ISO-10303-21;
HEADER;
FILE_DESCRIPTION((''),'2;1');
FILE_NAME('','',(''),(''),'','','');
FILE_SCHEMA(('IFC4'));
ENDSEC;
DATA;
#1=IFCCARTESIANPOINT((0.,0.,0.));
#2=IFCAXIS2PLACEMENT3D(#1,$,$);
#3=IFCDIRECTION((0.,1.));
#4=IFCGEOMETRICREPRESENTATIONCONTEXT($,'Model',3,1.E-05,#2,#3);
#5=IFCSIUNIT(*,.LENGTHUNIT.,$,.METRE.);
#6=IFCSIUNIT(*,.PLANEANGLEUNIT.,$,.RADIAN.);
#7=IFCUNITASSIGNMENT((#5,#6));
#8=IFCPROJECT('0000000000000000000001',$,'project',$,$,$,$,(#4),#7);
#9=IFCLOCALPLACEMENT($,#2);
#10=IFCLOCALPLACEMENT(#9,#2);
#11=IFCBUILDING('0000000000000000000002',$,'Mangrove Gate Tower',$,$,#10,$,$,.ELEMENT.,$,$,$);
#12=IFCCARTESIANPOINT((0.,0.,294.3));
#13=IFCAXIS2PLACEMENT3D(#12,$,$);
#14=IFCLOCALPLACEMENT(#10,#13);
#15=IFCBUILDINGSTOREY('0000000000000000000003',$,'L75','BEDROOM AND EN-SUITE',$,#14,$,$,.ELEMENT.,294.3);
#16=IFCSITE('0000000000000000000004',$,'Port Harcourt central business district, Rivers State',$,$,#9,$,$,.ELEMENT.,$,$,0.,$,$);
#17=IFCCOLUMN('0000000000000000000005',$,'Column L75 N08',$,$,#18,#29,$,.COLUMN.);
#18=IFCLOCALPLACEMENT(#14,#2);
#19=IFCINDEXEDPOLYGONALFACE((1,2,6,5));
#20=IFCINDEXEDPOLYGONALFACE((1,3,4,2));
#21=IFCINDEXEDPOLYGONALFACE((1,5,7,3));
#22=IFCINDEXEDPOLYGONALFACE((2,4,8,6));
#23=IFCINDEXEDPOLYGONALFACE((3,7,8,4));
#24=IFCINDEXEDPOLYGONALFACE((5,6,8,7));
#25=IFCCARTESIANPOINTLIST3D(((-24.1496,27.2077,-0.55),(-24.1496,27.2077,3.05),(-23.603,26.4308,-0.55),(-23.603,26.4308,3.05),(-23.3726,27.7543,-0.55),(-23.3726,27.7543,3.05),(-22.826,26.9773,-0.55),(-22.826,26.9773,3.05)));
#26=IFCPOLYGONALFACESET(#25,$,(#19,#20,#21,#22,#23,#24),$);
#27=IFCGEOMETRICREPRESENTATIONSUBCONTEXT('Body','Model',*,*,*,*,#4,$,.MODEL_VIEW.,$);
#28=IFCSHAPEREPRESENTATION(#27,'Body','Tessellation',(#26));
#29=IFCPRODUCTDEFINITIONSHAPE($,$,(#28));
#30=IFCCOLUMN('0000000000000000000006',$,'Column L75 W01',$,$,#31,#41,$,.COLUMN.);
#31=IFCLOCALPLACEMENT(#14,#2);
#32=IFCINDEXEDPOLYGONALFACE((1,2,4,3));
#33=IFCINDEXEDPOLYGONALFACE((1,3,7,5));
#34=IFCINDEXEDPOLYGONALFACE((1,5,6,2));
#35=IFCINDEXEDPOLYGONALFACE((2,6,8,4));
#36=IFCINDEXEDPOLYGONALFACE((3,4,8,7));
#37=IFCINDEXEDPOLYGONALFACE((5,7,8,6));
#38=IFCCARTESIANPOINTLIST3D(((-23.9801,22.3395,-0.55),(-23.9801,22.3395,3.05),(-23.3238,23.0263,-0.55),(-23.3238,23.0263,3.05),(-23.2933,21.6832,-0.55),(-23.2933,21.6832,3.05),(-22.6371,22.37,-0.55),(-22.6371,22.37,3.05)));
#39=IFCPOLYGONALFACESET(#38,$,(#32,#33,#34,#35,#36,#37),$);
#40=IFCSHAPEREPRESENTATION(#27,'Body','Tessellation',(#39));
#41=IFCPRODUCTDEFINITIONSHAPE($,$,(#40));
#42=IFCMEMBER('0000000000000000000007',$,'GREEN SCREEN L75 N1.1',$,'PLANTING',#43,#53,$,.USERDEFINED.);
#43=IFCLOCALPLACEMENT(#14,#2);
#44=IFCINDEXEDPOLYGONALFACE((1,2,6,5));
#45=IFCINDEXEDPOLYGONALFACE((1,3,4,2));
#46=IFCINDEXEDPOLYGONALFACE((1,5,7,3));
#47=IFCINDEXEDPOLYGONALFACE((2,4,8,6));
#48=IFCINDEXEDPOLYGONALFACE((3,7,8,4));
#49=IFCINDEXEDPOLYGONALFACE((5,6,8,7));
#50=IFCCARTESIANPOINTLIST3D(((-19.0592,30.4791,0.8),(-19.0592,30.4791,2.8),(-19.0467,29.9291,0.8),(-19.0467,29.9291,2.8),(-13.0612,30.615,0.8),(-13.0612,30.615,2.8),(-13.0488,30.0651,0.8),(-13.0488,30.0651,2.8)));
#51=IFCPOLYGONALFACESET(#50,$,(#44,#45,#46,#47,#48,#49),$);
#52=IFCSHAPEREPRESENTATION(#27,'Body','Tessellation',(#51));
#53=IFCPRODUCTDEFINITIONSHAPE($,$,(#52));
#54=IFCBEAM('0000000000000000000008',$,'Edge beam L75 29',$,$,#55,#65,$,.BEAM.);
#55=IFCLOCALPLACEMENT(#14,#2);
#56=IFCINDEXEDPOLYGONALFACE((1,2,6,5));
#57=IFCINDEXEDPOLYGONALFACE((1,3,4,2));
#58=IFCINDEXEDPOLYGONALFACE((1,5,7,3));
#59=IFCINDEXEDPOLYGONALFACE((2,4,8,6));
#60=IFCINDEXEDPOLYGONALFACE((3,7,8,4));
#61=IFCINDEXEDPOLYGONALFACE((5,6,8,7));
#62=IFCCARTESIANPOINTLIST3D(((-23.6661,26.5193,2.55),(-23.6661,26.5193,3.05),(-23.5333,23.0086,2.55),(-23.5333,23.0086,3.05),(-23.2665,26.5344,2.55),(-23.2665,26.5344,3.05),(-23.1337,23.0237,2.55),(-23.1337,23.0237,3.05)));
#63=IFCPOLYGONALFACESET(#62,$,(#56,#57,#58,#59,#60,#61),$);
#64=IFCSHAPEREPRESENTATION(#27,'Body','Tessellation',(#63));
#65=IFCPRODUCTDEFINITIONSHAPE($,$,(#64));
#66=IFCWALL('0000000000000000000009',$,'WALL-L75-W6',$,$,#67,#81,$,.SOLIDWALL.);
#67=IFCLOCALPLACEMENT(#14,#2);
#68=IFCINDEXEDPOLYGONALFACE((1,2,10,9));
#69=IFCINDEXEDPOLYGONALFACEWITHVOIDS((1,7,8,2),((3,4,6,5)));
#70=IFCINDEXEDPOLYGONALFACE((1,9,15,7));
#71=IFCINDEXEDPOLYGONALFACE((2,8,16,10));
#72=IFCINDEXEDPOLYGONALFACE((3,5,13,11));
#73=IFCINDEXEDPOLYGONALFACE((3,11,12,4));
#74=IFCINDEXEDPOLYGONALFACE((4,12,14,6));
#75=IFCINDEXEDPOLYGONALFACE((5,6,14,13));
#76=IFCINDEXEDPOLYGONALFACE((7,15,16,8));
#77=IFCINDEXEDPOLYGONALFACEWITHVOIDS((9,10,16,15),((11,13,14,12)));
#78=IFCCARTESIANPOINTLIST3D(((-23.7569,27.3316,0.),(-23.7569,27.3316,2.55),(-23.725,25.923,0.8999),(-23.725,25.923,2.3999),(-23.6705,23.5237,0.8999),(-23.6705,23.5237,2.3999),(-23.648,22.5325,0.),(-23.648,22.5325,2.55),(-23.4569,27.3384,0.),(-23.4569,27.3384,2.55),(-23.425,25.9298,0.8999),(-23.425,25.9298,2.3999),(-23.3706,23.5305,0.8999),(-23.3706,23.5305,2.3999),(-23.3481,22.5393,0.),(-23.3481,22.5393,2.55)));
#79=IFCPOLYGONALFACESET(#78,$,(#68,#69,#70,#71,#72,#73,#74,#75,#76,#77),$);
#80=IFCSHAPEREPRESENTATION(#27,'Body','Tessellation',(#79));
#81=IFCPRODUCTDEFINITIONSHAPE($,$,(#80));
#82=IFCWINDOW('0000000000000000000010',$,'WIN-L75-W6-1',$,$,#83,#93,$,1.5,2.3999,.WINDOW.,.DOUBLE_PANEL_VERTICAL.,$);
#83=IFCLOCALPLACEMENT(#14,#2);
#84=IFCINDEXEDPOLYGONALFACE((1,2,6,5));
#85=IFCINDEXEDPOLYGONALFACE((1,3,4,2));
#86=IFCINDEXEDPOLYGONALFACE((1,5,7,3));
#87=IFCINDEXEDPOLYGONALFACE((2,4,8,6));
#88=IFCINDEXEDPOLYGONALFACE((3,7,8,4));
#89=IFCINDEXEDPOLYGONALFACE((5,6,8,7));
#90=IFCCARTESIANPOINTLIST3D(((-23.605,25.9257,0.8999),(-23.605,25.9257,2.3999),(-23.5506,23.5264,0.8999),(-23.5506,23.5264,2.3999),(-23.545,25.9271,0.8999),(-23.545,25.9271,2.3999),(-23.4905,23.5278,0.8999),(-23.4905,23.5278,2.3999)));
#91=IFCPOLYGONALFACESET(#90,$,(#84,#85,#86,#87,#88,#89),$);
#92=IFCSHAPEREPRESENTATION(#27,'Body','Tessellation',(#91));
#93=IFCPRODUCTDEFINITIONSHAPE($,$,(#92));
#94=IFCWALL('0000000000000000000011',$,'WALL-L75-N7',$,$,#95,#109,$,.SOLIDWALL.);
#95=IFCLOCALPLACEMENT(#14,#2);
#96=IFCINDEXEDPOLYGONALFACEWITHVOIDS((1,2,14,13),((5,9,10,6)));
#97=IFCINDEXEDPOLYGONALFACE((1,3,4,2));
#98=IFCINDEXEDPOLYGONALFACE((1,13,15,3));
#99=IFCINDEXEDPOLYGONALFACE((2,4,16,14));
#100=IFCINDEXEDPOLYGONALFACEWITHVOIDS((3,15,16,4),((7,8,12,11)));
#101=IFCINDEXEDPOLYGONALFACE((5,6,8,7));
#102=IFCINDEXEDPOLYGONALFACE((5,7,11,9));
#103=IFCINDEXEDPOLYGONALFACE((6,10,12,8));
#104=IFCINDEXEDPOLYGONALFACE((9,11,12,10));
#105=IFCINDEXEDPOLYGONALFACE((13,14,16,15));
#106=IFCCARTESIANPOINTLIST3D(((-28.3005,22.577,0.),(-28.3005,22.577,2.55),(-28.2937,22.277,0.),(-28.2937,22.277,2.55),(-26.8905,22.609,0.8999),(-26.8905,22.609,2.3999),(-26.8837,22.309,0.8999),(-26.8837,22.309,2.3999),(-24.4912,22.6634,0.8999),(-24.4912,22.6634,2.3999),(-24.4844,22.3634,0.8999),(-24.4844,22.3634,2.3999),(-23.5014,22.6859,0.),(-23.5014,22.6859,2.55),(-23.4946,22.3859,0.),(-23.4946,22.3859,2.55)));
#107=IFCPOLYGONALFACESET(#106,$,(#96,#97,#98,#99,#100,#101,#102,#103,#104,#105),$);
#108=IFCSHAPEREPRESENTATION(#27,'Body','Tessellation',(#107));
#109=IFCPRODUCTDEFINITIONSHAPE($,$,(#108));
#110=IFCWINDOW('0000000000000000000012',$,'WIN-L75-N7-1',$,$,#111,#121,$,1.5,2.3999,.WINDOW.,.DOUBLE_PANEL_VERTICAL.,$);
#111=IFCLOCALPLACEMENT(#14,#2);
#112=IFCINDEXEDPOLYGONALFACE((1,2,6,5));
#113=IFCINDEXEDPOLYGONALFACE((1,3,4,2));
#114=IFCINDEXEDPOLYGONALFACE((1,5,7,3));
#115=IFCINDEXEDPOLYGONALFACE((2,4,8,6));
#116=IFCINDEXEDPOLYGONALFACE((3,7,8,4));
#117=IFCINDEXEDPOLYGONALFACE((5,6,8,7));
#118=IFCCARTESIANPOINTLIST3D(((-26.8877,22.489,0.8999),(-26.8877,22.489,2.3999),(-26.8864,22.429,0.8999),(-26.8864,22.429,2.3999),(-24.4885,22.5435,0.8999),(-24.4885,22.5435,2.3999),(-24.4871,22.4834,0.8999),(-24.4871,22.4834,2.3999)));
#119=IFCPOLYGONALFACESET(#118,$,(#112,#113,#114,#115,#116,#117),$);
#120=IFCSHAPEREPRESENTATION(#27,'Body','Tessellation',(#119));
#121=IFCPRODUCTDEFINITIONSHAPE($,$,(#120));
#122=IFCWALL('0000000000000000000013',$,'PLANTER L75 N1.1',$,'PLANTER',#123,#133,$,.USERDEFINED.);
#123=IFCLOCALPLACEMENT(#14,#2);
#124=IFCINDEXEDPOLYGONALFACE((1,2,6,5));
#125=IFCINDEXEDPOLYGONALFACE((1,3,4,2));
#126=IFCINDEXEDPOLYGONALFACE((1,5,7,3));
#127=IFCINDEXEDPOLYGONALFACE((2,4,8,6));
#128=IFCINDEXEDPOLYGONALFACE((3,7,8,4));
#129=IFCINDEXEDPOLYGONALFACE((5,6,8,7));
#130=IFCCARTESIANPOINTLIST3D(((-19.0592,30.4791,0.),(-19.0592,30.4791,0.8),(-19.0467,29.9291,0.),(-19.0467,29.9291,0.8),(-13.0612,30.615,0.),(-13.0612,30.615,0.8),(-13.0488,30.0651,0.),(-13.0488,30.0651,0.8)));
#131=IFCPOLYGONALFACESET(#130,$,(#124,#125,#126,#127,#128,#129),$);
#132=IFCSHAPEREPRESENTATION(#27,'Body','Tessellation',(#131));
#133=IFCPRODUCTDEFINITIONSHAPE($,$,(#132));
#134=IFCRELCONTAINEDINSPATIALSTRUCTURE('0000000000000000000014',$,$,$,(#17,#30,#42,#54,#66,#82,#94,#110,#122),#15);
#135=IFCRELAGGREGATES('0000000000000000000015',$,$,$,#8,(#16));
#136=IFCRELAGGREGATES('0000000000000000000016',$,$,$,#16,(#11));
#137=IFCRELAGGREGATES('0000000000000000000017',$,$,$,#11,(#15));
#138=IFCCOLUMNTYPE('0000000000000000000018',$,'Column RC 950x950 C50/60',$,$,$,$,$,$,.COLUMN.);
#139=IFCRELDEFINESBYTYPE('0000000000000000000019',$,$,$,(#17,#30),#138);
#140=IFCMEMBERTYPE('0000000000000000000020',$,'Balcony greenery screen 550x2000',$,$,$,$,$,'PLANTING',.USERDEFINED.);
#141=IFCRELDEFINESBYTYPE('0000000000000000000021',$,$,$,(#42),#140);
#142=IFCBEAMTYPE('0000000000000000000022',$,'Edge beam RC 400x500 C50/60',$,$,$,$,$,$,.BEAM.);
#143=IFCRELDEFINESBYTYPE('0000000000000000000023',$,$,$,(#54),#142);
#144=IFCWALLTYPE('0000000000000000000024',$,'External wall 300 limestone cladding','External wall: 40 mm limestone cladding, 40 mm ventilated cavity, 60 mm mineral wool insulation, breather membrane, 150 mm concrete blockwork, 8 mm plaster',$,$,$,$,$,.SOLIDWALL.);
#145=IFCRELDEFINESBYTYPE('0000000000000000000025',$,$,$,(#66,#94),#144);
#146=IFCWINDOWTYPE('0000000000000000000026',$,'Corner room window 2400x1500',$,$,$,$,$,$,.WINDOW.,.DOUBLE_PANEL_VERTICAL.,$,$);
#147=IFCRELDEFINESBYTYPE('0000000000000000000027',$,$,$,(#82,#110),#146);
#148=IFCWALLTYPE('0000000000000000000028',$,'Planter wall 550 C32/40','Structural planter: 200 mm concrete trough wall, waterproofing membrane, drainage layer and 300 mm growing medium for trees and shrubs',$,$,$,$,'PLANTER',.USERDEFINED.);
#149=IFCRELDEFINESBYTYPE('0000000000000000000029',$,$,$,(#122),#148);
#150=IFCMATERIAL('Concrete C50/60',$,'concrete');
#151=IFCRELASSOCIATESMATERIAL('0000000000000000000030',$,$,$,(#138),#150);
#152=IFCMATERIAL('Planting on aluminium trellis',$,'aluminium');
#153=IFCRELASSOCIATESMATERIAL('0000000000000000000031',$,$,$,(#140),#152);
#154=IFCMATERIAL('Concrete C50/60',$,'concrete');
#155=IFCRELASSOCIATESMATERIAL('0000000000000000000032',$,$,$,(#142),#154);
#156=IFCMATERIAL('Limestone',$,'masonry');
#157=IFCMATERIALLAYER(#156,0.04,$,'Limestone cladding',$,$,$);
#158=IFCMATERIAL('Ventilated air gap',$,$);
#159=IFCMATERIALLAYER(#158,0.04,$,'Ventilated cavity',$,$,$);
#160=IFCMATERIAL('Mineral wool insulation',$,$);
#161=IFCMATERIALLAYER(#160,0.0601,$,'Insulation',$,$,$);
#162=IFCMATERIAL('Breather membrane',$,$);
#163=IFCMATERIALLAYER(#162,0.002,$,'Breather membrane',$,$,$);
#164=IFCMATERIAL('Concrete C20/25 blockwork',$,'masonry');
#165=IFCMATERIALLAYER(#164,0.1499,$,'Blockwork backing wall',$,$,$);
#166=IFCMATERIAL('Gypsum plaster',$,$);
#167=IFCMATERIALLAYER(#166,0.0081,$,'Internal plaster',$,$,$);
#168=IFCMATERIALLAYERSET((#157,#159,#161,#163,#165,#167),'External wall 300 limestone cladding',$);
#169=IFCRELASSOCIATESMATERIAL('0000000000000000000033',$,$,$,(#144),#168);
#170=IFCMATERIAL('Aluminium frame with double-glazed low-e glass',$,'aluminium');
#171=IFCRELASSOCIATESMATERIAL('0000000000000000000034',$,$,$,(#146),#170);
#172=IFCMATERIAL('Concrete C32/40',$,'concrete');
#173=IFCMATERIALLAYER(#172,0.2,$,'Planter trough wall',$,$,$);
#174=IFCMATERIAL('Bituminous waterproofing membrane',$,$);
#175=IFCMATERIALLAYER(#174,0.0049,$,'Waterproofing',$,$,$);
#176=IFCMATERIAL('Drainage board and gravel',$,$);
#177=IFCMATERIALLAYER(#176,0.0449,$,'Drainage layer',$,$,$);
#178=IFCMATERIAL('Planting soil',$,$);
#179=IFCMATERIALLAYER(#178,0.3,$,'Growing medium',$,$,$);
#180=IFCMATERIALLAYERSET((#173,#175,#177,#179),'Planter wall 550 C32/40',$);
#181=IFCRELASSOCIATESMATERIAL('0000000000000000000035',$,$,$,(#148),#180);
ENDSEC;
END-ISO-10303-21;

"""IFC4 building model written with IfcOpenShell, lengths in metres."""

from ifc_helpers import new_model, si_unit, direction, frame, frame_2d, origin, origin_2d, place, context, subcontext, project, spatial, rectangle, extrude, material, layer, layer_set, material_profile, profile_set, type_object, element, fill, save


model = new_model("IFC4")

# Units and contexts
model_context = context("Model", 3, precision=1e-05, world=origin(), true_north=direction((0.0, 1.0)))
body_context = subcontext(model_context, "Body", "Model", "MODEL_VIEW")
ifc_project = project(units=[si_unit("LENGTHUNIT", "METRE"), si_unit("PLANEANGLEUNIT", "RADIAN")], contexts=[model_context])

# Site, building, storey
site_placement = place(None, origin())
site = spatial("IfcSite", under=ifc_project, at=site_placement, Name="Port Harcourt central business district, Rivers State", CompositionType="ELEMENT", RefElevation=0.0)
building_placement = place(site_placement, origin())
building = spatial("IfcBuilding", under=site, at=building_placement, Name="Mangrove Gate Tower", CompositionType="ELEMENT")
storey_placement = place(building_placement, frame((0.0, 0.0, 294.3)))
storey = spatial("IfcBuildingStorey", under=building, at=storey_placement, Name="L75", Description="BEDROOM AND EN-SUITE", CompositionType="ELEMENT", Elevation=294.3)

# Columns
ifc_material_1 = material(Name="Concrete C50/60", Category="concrete")
ifc_material_profile_1 = material_profile(ifc_material_1, rectangle(XDim=0.95, YDim=0.95, at=origin_2d()))
ifc_profile_set_1 = profile_set([ifc_material_profile_1], Name="Concrete C50/60")
column_type = type_object("IfcColumnType", Name="Column RC 950x950 C50/60", PredefinedType="COLUMN", material=ifc_profile_set_1)
for number, where, z_axis, x_axis, name in (
    (1, (-23.4878, 27.0925, -0.55), (0.0, 0.0, 1.0), (-0.817889, -0.575376, 0.0), "Column L75 N08"),
    (2, (-23.3086, 22.3547, -0.55), (0.0, 0.0, 1.0), (-0.690865, -0.722984, 0.0), "Column L75 W01"),
):
    element("IfcColumn", number, at=place(storey_placement, frame(where, z_axis=z_axis, x_axis=x_axis)), inside=storey, type_object=column_type, Name=name, PredefinedType="COLUMN", context=body_context, shape_type="SweptSolid", body=[
        extrude(rectangle(XDim=0.95, YDim=0.95, at=origin_2d()), origin(), (0.0, 0.0, 1.0), 3.6001),
    ])

# Member
ifc_material_2 = material(Name="Planting on aluminium trellis", Category="aluminium")
ifc_material_profile_2 = material_profile(ifc_material_2, rectangle(XDim=0.55, YDim=2.0, at=origin_2d()))
ifc_profile_set_2 = profile_set([ifc_material_profile_2], Name="Planting on aluminium trellis")
member_type = type_object("IfcMemberType", Name="Balcony greenery screen 550x2000", ElementType="PLANTING", PredefinedType="USERDEFINED", material=ifc_profile_set_2)
member_placement = place(storey_placement, frame((-19.053, 30.2041, 1.8), z_axis=(0.999743, 0.022666, 0.0), x_axis=(-0.022666, 0.999743, 0.0)))
element("IfcMember", 3, at=member_placement, inside=storey, type_object=member_type, Name="GREEN SCREEN L75 N1.1", ObjectType="PLANTING", PredefinedType="USERDEFINED", context=body_context, shape_type="SweptSolid", body=[
    extrude(rectangle(XDim=0.55, YDim=2.0, at=origin_2d()), origin(), (0.0, 0.0, 1.0), 5.9995),
])

# Beam
ifc_material_3 = material(Name="Concrete C50/60", Category="concrete")
ifc_material_profile_3 = material_profile(ifc_material_3, rectangle(XDim=0.3999, YDim=0.5, at=origin_2d()))
ifc_profile_set_3 = profile_set([ifc_material_profile_3], Name="Concrete C50/60")
beam_type = type_object("IfcBeamType", Name="Edge beam RC 400x500 C50/60", PredefinedType="BEAM", material=ifc_profile_set_3)
beam_placement = place(storey_placement, frame((-23.4663, 26.5269, 2.8), z_axis=(0.037803, -0.999285, 0.0), x_axis=(0.999285, 0.037803, 0.0)))
element("IfcBeam", 4, at=beam_placement, inside=storey, type_object=beam_type, Name="Edge beam L75 29", PredefinedType="BEAM", context=body_context, shape_type="SweptSolid", body=[
    extrude(rectangle(XDim=0.3999, YDim=0.5, at=origin_2d()), origin(), (0.0, 0.0, 1.0), 3.5132),
])

# Walls, openings, windows
ifc_material_4 = material(Name="Limestone", Category="masonry")
ifc_layer_1 = layer(ifc_material_4, 0.04, Name="Limestone cladding")
ifc_material_5 = material(Name="Ventilated air gap")
ifc_layer_2 = layer(ifc_material_5, 0.04, Name="Ventilated cavity")
ifc_material_6 = material(Name="Mineral wool insulation")
ifc_layer_3 = layer(ifc_material_6, 0.0601, Name="Insulation")
ifc_material_7 = material(Name="Breather membrane")
ifc_layer_4 = layer(ifc_material_7, 0.002, Name="Breather membrane")
ifc_material_8 = material(Name="Concrete C20/25 blockwork", Category="masonry")
ifc_layer_5 = layer(ifc_material_8, 0.1499, Name="Blockwork backing wall")
ifc_material_9 = material(Name="Gypsum plaster")
ifc_layer_6 = layer(ifc_material_9, 0.0081, Name="Internal plaster")
ifc_layer_set_1 = layer_set([ifc_layer_1, ifc_layer_2, ifc_layer_3, ifc_layer_4, ifc_layer_5, ifc_layer_6], Name="External wall 300 limestone cladding")
wall_type_1 = type_object("IfcWallType", Name="External wall 300 limestone cladding", Description="External wall: 40 mm limestone cladding, 40 mm ventilated cavity, 60 mm mineral wool insulation, breather membrane, 150 mm concrete blockwork, 8 mm plaster", PredefinedType="SOLIDWALL", material=ifc_layer_set_1)
wall_1_placement = place(storey_placement, frame((-23.6069, 27.335, 0.0), z_axis=(0.0, 0.0, 1.0), x_axis=(0.022683, -0.999743, 0.0)))
wall_1 = element("IfcWall", 5, at=wall_1_placement, inside=storey, type_object=wall_type_1, Name="WALL-L75-W6", PredefinedType="SOLIDWALL", context=body_context, shape_type="SweptSolid", body=[
    extrude(rectangle(XDim=4.8003, YDim=0.3, at=frame_2d((2.4001, 0.0))), origin(), (0.0, 0.0, 1.0), 2.55),
])
opening_1_placement = place(wall_1_placement, frame((1.4089, 0.0, 0.8999)))
opening_1 = element("IfcOpeningElement", 6, at=opening_1_placement, cuts=wall_1, PredefinedType="OPENING", context=body_context, shape_type="SweptSolid", body=[
    extrude(rectangle(XDim=2.3999, YDim=1.5, at=frame_2d((1.2, 0.75))), frame((0.0, 0.1599, 0.0), z_axis=(0.0, -1.0, 0.0), x_axis=(1.0, 0.0, 0.0)), (0.0, 0.0, 1.0), 0.3201),
])
ifc_material_10 = material(Name="Aluminium frame with double-glazed low-e glass", Category="aluminium")
window_type = type_object("IfcWindowType", Name="Corner room window 2400x1500", PartitioningType="DOUBLE_PANEL_VERTICAL", PredefinedType="WINDOW", material=ifc_material_10)
window_1_placement = place(opening_1_placement, origin())
window_1 = element("IfcWindow", 7, at=window_1_placement, inside=storey, type_object=window_type, Name="WIN-L75-W6-1", OverallHeight=1.5, OverallWidth=2.3999, PartitioningType="DOUBLE_PANEL_VERTICAL", PredefinedType="WINDOW", context=body_context, shape_type="SweptSolid", body=[
    extrude(rectangle(XDim=2.3999, YDim=1.5, at=frame_2d((1.2, 0.75))), frame((0.0, 0.03, 0.0), z_axis=(0.0, -1.0, 0.0), x_axis=(1.0, 0.0, 0.0)), (0.0, 0.0, 1.0), 0.0601),
])
fill(opening_1, window_1)
wall_2_placement = place(storey_placement, frame((-23.498, 22.5359, 0.0), z_axis=(0.0, 0.0, 1.0), x_axis=(-0.999743, -0.022683, 0.0)))
wall_2 = element("IfcWall", 8, at=wall_2_placement, inside=storey, type_object=wall_type_1, Name="WALL-L75-N7", PredefinedType="SOLIDWALL", context=body_context, shape_type="SweptSolid", body=[
    extrude(rectangle(XDim=4.8003, YDim=0.3, at=frame_2d((2.4001, 0.0))), origin(), (0.0, 0.0, 1.0), 2.55),
])
opening_2_placement = place(wall_2_placement, frame((0.99, 0.0, 0.8999)))
opening_2 = element("IfcOpeningElement", 9, at=opening_2_placement, cuts=wall_2, PredefinedType="OPENING", context=body_context, shape_type="SweptSolid", body=[
    extrude(rectangle(XDim=2.3999, YDim=1.5, at=frame_2d((1.2, 0.75))), frame((0.0, 0.1599, 0.0), z_axis=(0.0, -1.0, 0.0), x_axis=(1.0, 0.0, 0.0)), (0.0, 0.0, 1.0), 0.3201),
])
window_2_placement = place(opening_2_placement, origin())
window_2 = element("IfcWindow", 10, at=window_2_placement, inside=storey, type_object=window_type, Name="WIN-L75-N7-1", OverallHeight=1.5, OverallWidth=2.3999, PartitioningType="DOUBLE_PANEL_VERTICAL", PredefinedType="WINDOW", context=body_context, shape_type="SweptSolid", body=[
    extrude(rectangle(XDim=2.3999, YDim=1.5, at=frame_2d((1.2, 0.75))), frame((0.0, 0.03, 0.0), z_axis=(0.0, -1.0, 0.0), x_axis=(1.0, 0.0, 0.0)), (0.0, 0.0, 1.0), 0.0601),
])
fill(opening_2, window_2)

# Wall
ifc_material_11 = material(Name="Concrete C32/40", Category="concrete")
ifc_layer_7 = layer(ifc_material_11, 0.2, Name="Planter trough wall")
ifc_material_12 = material(Name="Bituminous waterproofing membrane")
ifc_layer_8 = layer(ifc_material_12, 0.0049, Name="Waterproofing")
ifc_material_13 = material(Name="Drainage board and gravel")
ifc_layer_9 = layer(ifc_material_13, 0.0449, Name="Drainage layer")
ifc_material_14 = material(Name="Planting soil")
ifc_layer_10 = layer(ifc_material_14, 0.3, Name="Growing medium")
ifc_layer_set_2 = layer_set([ifc_layer_7, ifc_layer_8, ifc_layer_9, ifc_layer_10], Name="Planter wall 550 C32/40")
wall_type_2 = type_object("IfcWallType", Name="Planter wall 550 C32/40", Description="Structural planter: 200 mm concrete trough wall, waterproofing membrane, drainage layer and 300 mm growing medium for trees and shrubs", ElementType="PLANTER", PredefinedType="USERDEFINED", material=ifc_layer_set_2)
wall_3_placement = place(storey_placement, frame((-19.053, 30.2041, 0.0), z_axis=(0.0, 0.0, 1.0), x_axis=(0.999743, 0.022666, 0.0)))
element("IfcWall", 11, at=wall_3_placement, inside=storey, type_object=wall_type_2, Name="PLANTER L75 N1.1", ObjectType="PLANTER", PredefinedType="USERDEFINED", context=body_context, shape_type="SweptSolid", body=[
    extrude(rectangle(XDim=5.9995, YDim=0.55, at=frame_2d((2.9998, 0.0))), origin(), (0.0, 0.0, 1.0), 0.8),
])

save(model, "model.ifc")
